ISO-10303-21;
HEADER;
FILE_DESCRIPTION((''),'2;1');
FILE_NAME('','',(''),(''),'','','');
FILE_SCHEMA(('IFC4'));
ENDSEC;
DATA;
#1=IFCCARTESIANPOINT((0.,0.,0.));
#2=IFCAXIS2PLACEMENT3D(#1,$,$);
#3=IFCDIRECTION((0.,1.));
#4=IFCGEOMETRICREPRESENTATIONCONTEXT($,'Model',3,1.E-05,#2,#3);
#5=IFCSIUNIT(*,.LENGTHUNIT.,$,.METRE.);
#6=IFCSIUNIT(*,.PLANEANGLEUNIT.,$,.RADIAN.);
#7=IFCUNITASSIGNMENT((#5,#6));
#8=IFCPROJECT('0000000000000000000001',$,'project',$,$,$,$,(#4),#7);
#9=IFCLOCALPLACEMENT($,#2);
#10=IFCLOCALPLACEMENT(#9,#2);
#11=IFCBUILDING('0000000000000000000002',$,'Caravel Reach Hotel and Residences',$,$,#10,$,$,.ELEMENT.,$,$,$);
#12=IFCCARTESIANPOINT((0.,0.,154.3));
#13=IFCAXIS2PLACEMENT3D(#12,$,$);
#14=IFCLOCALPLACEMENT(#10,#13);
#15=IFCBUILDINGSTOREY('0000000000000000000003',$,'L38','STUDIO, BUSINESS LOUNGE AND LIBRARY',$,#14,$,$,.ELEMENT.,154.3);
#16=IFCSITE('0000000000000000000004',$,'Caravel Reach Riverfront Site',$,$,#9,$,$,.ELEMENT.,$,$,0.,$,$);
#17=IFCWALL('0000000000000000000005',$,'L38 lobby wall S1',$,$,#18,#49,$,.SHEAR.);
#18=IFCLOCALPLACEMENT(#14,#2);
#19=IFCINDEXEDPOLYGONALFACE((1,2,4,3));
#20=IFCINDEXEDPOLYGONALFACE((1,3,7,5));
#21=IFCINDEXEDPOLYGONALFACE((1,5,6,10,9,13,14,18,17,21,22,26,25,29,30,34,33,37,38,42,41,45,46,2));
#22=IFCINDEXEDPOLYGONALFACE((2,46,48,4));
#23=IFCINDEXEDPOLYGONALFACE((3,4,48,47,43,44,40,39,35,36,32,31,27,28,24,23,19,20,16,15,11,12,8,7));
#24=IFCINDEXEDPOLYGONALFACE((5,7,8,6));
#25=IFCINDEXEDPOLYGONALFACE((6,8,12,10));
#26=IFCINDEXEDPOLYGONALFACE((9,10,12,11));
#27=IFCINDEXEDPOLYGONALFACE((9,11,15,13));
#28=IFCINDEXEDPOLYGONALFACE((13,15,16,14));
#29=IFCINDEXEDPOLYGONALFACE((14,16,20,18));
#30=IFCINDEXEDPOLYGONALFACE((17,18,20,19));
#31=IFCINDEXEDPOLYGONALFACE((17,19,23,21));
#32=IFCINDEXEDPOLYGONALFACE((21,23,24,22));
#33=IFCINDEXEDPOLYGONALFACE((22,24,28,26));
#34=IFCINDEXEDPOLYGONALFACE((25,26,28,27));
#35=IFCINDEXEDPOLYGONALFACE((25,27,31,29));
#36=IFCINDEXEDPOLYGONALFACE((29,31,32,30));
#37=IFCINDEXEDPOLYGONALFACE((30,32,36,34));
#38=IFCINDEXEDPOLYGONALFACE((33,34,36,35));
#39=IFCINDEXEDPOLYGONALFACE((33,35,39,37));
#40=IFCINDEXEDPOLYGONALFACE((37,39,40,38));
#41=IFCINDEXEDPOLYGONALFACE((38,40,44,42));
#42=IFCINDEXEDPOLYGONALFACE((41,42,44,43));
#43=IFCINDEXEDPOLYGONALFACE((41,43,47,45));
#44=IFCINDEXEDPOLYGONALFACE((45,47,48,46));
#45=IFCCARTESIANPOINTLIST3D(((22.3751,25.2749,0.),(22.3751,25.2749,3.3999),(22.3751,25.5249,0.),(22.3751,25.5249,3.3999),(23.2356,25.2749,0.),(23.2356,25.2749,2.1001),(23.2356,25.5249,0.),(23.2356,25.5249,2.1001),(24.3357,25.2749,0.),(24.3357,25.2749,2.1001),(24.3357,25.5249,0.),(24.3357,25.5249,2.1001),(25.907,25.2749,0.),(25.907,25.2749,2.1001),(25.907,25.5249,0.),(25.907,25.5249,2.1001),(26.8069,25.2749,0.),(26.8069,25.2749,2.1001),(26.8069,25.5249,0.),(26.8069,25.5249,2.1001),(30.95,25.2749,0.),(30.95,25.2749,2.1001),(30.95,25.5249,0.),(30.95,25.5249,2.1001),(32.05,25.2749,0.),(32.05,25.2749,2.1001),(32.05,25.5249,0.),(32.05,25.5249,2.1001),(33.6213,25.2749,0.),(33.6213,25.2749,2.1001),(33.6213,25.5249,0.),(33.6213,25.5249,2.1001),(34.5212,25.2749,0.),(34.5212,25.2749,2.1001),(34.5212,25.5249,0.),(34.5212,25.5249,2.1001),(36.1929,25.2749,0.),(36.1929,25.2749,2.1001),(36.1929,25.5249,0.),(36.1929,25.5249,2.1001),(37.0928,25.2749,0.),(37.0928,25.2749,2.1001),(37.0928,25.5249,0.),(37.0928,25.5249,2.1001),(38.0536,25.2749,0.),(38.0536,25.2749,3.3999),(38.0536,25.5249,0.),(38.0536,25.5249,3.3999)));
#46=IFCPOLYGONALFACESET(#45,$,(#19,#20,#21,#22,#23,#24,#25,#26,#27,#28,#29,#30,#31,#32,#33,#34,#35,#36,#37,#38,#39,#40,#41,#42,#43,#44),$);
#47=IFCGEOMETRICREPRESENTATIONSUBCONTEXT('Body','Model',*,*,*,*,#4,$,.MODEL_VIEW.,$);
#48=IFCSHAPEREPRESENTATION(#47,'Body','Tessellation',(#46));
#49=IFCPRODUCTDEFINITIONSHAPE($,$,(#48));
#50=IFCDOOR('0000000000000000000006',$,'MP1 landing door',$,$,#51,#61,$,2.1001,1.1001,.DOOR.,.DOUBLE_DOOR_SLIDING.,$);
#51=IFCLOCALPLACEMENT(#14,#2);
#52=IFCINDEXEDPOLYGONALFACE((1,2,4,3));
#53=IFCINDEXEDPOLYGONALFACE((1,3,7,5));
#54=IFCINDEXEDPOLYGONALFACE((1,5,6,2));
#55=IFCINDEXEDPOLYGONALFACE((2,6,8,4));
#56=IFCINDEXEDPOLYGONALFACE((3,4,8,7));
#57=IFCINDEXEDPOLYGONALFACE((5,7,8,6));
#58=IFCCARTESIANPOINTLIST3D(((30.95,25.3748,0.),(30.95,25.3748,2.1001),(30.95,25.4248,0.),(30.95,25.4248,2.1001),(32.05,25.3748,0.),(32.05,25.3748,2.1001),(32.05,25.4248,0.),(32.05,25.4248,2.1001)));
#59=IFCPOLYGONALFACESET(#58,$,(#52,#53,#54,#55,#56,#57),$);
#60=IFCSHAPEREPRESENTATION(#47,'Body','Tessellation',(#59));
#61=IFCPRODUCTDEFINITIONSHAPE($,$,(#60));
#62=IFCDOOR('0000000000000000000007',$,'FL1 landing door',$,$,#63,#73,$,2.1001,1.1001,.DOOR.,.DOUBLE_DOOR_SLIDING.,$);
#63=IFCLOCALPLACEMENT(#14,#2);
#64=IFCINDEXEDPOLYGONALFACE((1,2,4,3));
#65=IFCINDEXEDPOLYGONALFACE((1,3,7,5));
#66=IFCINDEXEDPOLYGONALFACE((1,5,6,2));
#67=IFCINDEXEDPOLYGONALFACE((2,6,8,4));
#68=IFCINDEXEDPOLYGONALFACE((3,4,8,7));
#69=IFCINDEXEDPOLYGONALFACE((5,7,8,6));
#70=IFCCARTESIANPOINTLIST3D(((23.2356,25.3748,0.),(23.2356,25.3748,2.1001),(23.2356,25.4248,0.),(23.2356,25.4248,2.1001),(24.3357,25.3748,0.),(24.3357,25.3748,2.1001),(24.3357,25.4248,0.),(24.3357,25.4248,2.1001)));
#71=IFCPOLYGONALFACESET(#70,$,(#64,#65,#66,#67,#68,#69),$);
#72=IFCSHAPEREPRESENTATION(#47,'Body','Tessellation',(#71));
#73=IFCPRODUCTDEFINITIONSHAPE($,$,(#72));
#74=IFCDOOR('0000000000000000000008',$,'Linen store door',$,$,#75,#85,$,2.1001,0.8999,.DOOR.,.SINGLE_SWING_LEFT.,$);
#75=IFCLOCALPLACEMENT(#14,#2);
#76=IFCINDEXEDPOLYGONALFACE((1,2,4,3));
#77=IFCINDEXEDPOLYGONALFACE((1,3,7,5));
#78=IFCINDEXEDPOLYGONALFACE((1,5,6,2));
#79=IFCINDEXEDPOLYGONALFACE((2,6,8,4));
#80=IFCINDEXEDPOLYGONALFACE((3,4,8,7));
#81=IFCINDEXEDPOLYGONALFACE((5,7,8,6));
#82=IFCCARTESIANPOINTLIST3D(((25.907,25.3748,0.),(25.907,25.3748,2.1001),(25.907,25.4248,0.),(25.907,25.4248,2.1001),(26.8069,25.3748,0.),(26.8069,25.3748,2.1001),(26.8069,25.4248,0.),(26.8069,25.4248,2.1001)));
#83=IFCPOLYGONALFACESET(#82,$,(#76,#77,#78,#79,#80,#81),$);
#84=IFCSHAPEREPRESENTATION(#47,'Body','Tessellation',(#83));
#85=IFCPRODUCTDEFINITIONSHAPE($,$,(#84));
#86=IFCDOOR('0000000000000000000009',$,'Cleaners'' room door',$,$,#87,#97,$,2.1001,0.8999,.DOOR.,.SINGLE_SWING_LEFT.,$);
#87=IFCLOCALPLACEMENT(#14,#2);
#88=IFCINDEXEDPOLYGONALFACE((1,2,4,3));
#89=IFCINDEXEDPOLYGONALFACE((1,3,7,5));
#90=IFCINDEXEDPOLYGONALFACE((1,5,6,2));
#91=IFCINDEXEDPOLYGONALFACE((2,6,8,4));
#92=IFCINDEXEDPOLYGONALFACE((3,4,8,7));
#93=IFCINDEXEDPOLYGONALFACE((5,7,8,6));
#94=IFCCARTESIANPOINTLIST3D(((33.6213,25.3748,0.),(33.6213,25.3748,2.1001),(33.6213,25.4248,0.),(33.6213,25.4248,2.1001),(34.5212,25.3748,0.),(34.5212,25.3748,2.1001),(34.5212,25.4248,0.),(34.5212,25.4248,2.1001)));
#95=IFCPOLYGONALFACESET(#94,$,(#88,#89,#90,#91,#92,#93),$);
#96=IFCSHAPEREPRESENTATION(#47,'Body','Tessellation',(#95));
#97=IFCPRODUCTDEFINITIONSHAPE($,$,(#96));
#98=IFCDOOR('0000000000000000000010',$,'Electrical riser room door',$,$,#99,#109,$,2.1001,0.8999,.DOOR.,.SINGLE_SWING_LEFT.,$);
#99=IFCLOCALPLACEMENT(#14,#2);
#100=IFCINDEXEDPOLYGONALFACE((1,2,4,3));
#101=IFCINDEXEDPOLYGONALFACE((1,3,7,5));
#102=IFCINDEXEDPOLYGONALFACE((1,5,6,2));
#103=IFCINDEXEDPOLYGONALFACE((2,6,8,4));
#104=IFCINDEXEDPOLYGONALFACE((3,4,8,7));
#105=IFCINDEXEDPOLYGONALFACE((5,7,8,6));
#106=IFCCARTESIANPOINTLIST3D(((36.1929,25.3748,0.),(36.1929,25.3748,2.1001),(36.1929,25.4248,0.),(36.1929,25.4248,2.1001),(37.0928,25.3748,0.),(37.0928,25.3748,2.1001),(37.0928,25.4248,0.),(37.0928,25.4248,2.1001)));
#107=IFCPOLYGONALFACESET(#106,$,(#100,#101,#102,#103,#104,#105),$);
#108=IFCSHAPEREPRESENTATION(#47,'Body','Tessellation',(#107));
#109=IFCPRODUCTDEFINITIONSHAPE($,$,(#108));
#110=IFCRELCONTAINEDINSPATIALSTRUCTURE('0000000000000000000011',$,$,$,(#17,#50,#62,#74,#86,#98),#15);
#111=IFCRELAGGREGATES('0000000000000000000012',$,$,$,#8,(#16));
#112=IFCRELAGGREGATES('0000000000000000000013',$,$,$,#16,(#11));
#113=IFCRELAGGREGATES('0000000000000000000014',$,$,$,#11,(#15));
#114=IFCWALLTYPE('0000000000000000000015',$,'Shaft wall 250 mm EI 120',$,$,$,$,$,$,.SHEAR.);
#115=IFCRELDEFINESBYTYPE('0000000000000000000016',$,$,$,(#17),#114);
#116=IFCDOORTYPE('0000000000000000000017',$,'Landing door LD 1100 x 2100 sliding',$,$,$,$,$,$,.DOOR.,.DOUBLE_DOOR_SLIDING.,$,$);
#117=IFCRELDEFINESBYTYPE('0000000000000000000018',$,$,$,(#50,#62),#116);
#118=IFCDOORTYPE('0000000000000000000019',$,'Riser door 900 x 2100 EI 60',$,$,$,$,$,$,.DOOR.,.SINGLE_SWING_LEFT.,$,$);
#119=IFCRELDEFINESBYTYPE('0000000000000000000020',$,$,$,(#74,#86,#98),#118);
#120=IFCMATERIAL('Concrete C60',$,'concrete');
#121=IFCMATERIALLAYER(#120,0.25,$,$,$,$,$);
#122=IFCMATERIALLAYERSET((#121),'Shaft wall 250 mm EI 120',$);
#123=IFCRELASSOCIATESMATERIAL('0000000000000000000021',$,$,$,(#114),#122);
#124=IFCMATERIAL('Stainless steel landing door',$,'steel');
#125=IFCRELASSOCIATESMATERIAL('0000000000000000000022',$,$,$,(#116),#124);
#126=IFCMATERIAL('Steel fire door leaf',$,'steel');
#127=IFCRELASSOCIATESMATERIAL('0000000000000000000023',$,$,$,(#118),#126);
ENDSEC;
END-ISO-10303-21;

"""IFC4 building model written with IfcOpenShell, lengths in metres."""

from ifc_helpers import new_model, si_unit, direction, frame, frame_2d, origin, place, context, subcontext, project, spatial, rectangle, extrude, material, layer, layer_set, type_object, element, fill, save


model = new_model("IFC4")

# Units and contexts
model_context = context("Model", 3, precision=1e-05, world=origin(), true_north=direction((0.0, 1.0)))
body_context = subcontext(model_context, "Body", "Model", "MODEL_VIEW")
ifc_project = project(units=[si_unit("LENGTHUNIT", "METRE"), si_unit("PLANEANGLEUNIT", "RADIAN")], contexts=[model_context])

# Site, building, storey
site_placement = place(None, origin())
site = spatial("IfcSite", under=ifc_project, at=site_placement, Name="Caravel Reach Riverfront Site", CompositionType="ELEMENT", RefElevation=0.0)
building_placement = place(site_placement, origin())
building = spatial("IfcBuilding", under=site, at=building_placement, Name="Caravel Reach Hotel and Residences", CompositionType="ELEMENT")
storey_placement = place(building_placement, frame((0.0, 0.0, 154.3)))
storey = spatial("IfcBuildingStorey", under=building, at=storey_placement, Name="L38", Description="STUDIO, BUSINESS LOUNGE AND LIBRARY", CompositionType="ELEMENT", Elevation=154.3)

# Wall, openings, doors
ifc_material_1 = material(Name="Concrete C60", Category="concrete")
ifc_layer_1 = layer(ifc_material_1, 0.25)
ifc_layer_set_1 = layer_set([ifc_layer_1], Name="Shaft wall 250 mm EI 120")
wall_type_1 = type_object("IfcWallType", Name="Shaft wall 250 mm EI 120", PredefinedType="SHEAR", material=ifc_layer_set_1)
wall_1_placement = place(storey_placement, frame((22.375, 25.3999, 0.0), z_axis=(0.0, 0.0, 1.0), x_axis=(1.0, 0.0, 0.0)))
wall_1 = element("IfcWall", 1, at=wall_1_placement, inside=storey, type_object=wall_type_1, Name="L38 lobby wall S1", PredefinedType="SHEAR", context=body_context, shape_type="SweptSolid", body=[
    extrude(rectangle(XDim=15.6785, YDim=0.25, at=frame_2d((7.8394, 0.0))), origin(), (0.0, 0.0, 1.0), 3.3999),
])
opening_1_placement = place(wall_1_placement, frame((8.575, 0.0, 0.0)))
opening_1 = element("IfcOpeningElement", 2, at=opening_1_placement, cuts=wall_1, PredefinedType="OPENING", context=body_context, shape_type="SweptSolid", body=[
    extrude(rectangle(XDim=1.1001, YDim=2.1001, at=frame_2d((0.55, 1.05))), frame((0.0, 0.135, 0.0), z_axis=(0.0, -1.0, 0.0), x_axis=(1.0, 0.0, 0.0)), (0.0, 0.0, 1.0), 0.27),
])
opening_2_placement = place(wall_1_placement, frame((0.8606, 0.0, 0.0)))
opening_2 = element("IfcOpeningElement", 3, at=opening_2_placement, cuts=wall_1, PredefinedType="OPENING", context=body_context, shape_type="SweptSolid", body=[
    extrude(rectangle(XDim=1.1001, YDim=2.1001, at=frame_2d((0.55, 1.05))), frame((0.0, 0.135, 0.0), z_axis=(0.0, -1.0, 0.0), x_axis=(1.0, 0.0, 0.0)), (0.0, 0.0, 1.0), 0.27),
])
opening_3_placement = place(wall_1_placement, frame((3.532, 0.0, 0.0)))
opening_3 = element("IfcOpeningElement", 4, at=opening_3_placement, cuts=wall_1, PredefinedType="OPENING", context=body_context, shape_type="SweptSolid", body=[
    extrude(rectangle(XDim=0.8999, YDim=2.1001, at=frame_2d((0.45, 1.05))), frame((0.0, 0.135, 0.0), z_axis=(0.0, -1.0, 0.0), x_axis=(1.0, 0.0, 0.0)), (0.0, 0.0, 1.0), 0.27),
])
opening_4_placement = place(wall_1_placement, frame((11.2463, 0.0, 0.0)))
opening_4 = element("IfcOpeningElement", 5, at=opening_4_placement, cuts=wall_1, PredefinedType="OPENING", context=body_context, shape_type="SweptSolid", body=[
    extrude(rectangle(XDim=0.8999, YDim=2.1001, at=frame_2d((0.45, 1.05))), frame((0.0, 0.135, 0.0), z_axis=(0.0, -1.0, 0.0), x_axis=(1.0, 0.0, 0.0)), (0.0, 0.0, 1.0), 0.27),
])
opening_5_placement = place(wall_1_placement, frame((13.8179, 0.0, 0.0)))
opening_5 = element("IfcOpeningElement", 6, at=opening_5_placement, cuts=wall_1, PredefinedType="OPENING", context=body_context, shape_type="SweptSolid", body=[
    extrude(rectangle(XDim=0.8999, YDim=2.1001, at=frame_2d((0.45, 1.05))), frame((0.0, 0.135, 0.0), z_axis=(0.0, -1.0, 0.0), x_axis=(1.0, 0.0, 0.0)), (0.0, 0.0, 1.0), 0.27),
])
ifc_material_2 = material(Name="Stainless steel landing door", Category="steel")
door_type_1 = type_object("IfcDoorType", Name="Landing door LD 1100 x 2100 sliding", OperationType="DOUBLE_DOOR_SLIDING", PredefinedType="DOOR", material=ifc_material_2)
door_1_placement = place(opening_1_placement, origin())
door_1 = element("IfcDoor", 7, at=door_1_placement, inside=storey, type_object=door_type_1, Name="MP1 landing door", OperationType="DOUBLE_DOOR_SLIDING", OverallHeight=2.1001, OverallWidth=1.1001, PredefinedType="DOOR", context=body_context, shape_type="SweptSolid", body=[
    extrude(rectangle(XDim=1.1001, YDim=2.1001, at=frame_2d((0.55, 1.05))), frame((0.0, 0.0249, 0.0), z_axis=(0.0, -1.0, 0.0), x_axis=(1.0, 0.0, 0.0)), (0.0, 0.0, 1.0), 0.05),
])
fill(opening_1, door_1)
door_2_placement = place(opening_2_placement, origin())
door_2 = element("IfcDoor", 8, at=door_2_placement, inside=storey, type_object=door_type_1, Name="FL1 landing door", OperationType="DOUBLE_DOOR_SLIDING", OverallHeight=2.1001, OverallWidth=1.1001, PredefinedType="DOOR", context=body_context, shape_type="SweptSolid", body=[
    extrude(rectangle(XDim=1.1001, YDim=2.1001, at=frame_2d((0.55, 1.05))), frame((0.0, 0.0249, 0.0), z_axis=(0.0, -1.0, 0.0), x_axis=(1.0, 0.0, 0.0)), (0.0, 0.0, 1.0), 0.05),
])
fill(opening_2, door_2)
ifc_material_3 = material(Name="Steel fire door leaf", Category="steel")
door_type_2 = type_object("IfcDoorType", Name="Riser door 900 x 2100 EI 60", OperationType="SINGLE_SWING_LEFT", PredefinedType="DOOR", material=ifc_material_3)
door_3_placement = place(opening_3_placement, origin())
door_3 = element("IfcDoor", 9, at=door_3_placement, inside=storey, type_object=door_type_2, Name="Linen store door", OperationType="SINGLE_SWING_LEFT", OverallHeight=2.1001, OverallWidth=0.8999, PredefinedType="DOOR", context=body_context, shape_type="SweptSolid", body=[
    extrude(rectangle(XDim=0.8999, YDim=2.1001, at=frame_2d((0.45, 1.05))), frame((0.0, 0.0249, 0.0), z_axis=(0.0, -1.0, 0.0), x_axis=(1.0, 0.0, 0.0)), (0.0, 0.0, 1.0), 0.05),
])
fill(opening_3, door_3)
door_4_placement = place(opening_4_placement, origin())
door_4 = element("IfcDoor", 10, at=door_4_placement, inside=storey, type_object=door_type_2, Name="Cleaners' room door", OperationType="SINGLE_SWING_LEFT", OverallHeight=2.1001, OverallWidth=0.8999, PredefinedType="DOOR", context=body_context, shape_type="SweptSolid", body=[
    extrude(rectangle(XDim=0.8999, YDim=2.1001, at=frame_2d((0.45, 1.05))), frame((0.0, 0.0249, 0.0), z_axis=(0.0, -1.0, 0.0), x_axis=(1.0, 0.0, 0.0)), (0.0, 0.0, 1.0), 0.05),
])
fill(opening_4, door_4)
door_5_placement = place(opening_5_placement, origin())
door_5 = element("IfcDoor", 11, at=door_5_placement, inside=storey, type_object=door_type_2, Name="Electrical riser room door", OperationType="SINGLE_SWING_LEFT", OverallHeight=2.1001, OverallWidth=0.8999, PredefinedType="DOOR", context=body_context, shape_type="SweptSolid", body=[
    extrude(rectangle(XDim=0.8999, YDim=2.1001, at=frame_2d((0.45, 1.05))), frame((0.0, 0.0249, 0.0), z_axis=(0.0, -1.0, 0.0), x_axis=(1.0, 0.0, 0.0)), (0.0, 0.0, 1.0), 0.05),
])
fill(opening_5, door_5)

save(model, "model.ifc")
